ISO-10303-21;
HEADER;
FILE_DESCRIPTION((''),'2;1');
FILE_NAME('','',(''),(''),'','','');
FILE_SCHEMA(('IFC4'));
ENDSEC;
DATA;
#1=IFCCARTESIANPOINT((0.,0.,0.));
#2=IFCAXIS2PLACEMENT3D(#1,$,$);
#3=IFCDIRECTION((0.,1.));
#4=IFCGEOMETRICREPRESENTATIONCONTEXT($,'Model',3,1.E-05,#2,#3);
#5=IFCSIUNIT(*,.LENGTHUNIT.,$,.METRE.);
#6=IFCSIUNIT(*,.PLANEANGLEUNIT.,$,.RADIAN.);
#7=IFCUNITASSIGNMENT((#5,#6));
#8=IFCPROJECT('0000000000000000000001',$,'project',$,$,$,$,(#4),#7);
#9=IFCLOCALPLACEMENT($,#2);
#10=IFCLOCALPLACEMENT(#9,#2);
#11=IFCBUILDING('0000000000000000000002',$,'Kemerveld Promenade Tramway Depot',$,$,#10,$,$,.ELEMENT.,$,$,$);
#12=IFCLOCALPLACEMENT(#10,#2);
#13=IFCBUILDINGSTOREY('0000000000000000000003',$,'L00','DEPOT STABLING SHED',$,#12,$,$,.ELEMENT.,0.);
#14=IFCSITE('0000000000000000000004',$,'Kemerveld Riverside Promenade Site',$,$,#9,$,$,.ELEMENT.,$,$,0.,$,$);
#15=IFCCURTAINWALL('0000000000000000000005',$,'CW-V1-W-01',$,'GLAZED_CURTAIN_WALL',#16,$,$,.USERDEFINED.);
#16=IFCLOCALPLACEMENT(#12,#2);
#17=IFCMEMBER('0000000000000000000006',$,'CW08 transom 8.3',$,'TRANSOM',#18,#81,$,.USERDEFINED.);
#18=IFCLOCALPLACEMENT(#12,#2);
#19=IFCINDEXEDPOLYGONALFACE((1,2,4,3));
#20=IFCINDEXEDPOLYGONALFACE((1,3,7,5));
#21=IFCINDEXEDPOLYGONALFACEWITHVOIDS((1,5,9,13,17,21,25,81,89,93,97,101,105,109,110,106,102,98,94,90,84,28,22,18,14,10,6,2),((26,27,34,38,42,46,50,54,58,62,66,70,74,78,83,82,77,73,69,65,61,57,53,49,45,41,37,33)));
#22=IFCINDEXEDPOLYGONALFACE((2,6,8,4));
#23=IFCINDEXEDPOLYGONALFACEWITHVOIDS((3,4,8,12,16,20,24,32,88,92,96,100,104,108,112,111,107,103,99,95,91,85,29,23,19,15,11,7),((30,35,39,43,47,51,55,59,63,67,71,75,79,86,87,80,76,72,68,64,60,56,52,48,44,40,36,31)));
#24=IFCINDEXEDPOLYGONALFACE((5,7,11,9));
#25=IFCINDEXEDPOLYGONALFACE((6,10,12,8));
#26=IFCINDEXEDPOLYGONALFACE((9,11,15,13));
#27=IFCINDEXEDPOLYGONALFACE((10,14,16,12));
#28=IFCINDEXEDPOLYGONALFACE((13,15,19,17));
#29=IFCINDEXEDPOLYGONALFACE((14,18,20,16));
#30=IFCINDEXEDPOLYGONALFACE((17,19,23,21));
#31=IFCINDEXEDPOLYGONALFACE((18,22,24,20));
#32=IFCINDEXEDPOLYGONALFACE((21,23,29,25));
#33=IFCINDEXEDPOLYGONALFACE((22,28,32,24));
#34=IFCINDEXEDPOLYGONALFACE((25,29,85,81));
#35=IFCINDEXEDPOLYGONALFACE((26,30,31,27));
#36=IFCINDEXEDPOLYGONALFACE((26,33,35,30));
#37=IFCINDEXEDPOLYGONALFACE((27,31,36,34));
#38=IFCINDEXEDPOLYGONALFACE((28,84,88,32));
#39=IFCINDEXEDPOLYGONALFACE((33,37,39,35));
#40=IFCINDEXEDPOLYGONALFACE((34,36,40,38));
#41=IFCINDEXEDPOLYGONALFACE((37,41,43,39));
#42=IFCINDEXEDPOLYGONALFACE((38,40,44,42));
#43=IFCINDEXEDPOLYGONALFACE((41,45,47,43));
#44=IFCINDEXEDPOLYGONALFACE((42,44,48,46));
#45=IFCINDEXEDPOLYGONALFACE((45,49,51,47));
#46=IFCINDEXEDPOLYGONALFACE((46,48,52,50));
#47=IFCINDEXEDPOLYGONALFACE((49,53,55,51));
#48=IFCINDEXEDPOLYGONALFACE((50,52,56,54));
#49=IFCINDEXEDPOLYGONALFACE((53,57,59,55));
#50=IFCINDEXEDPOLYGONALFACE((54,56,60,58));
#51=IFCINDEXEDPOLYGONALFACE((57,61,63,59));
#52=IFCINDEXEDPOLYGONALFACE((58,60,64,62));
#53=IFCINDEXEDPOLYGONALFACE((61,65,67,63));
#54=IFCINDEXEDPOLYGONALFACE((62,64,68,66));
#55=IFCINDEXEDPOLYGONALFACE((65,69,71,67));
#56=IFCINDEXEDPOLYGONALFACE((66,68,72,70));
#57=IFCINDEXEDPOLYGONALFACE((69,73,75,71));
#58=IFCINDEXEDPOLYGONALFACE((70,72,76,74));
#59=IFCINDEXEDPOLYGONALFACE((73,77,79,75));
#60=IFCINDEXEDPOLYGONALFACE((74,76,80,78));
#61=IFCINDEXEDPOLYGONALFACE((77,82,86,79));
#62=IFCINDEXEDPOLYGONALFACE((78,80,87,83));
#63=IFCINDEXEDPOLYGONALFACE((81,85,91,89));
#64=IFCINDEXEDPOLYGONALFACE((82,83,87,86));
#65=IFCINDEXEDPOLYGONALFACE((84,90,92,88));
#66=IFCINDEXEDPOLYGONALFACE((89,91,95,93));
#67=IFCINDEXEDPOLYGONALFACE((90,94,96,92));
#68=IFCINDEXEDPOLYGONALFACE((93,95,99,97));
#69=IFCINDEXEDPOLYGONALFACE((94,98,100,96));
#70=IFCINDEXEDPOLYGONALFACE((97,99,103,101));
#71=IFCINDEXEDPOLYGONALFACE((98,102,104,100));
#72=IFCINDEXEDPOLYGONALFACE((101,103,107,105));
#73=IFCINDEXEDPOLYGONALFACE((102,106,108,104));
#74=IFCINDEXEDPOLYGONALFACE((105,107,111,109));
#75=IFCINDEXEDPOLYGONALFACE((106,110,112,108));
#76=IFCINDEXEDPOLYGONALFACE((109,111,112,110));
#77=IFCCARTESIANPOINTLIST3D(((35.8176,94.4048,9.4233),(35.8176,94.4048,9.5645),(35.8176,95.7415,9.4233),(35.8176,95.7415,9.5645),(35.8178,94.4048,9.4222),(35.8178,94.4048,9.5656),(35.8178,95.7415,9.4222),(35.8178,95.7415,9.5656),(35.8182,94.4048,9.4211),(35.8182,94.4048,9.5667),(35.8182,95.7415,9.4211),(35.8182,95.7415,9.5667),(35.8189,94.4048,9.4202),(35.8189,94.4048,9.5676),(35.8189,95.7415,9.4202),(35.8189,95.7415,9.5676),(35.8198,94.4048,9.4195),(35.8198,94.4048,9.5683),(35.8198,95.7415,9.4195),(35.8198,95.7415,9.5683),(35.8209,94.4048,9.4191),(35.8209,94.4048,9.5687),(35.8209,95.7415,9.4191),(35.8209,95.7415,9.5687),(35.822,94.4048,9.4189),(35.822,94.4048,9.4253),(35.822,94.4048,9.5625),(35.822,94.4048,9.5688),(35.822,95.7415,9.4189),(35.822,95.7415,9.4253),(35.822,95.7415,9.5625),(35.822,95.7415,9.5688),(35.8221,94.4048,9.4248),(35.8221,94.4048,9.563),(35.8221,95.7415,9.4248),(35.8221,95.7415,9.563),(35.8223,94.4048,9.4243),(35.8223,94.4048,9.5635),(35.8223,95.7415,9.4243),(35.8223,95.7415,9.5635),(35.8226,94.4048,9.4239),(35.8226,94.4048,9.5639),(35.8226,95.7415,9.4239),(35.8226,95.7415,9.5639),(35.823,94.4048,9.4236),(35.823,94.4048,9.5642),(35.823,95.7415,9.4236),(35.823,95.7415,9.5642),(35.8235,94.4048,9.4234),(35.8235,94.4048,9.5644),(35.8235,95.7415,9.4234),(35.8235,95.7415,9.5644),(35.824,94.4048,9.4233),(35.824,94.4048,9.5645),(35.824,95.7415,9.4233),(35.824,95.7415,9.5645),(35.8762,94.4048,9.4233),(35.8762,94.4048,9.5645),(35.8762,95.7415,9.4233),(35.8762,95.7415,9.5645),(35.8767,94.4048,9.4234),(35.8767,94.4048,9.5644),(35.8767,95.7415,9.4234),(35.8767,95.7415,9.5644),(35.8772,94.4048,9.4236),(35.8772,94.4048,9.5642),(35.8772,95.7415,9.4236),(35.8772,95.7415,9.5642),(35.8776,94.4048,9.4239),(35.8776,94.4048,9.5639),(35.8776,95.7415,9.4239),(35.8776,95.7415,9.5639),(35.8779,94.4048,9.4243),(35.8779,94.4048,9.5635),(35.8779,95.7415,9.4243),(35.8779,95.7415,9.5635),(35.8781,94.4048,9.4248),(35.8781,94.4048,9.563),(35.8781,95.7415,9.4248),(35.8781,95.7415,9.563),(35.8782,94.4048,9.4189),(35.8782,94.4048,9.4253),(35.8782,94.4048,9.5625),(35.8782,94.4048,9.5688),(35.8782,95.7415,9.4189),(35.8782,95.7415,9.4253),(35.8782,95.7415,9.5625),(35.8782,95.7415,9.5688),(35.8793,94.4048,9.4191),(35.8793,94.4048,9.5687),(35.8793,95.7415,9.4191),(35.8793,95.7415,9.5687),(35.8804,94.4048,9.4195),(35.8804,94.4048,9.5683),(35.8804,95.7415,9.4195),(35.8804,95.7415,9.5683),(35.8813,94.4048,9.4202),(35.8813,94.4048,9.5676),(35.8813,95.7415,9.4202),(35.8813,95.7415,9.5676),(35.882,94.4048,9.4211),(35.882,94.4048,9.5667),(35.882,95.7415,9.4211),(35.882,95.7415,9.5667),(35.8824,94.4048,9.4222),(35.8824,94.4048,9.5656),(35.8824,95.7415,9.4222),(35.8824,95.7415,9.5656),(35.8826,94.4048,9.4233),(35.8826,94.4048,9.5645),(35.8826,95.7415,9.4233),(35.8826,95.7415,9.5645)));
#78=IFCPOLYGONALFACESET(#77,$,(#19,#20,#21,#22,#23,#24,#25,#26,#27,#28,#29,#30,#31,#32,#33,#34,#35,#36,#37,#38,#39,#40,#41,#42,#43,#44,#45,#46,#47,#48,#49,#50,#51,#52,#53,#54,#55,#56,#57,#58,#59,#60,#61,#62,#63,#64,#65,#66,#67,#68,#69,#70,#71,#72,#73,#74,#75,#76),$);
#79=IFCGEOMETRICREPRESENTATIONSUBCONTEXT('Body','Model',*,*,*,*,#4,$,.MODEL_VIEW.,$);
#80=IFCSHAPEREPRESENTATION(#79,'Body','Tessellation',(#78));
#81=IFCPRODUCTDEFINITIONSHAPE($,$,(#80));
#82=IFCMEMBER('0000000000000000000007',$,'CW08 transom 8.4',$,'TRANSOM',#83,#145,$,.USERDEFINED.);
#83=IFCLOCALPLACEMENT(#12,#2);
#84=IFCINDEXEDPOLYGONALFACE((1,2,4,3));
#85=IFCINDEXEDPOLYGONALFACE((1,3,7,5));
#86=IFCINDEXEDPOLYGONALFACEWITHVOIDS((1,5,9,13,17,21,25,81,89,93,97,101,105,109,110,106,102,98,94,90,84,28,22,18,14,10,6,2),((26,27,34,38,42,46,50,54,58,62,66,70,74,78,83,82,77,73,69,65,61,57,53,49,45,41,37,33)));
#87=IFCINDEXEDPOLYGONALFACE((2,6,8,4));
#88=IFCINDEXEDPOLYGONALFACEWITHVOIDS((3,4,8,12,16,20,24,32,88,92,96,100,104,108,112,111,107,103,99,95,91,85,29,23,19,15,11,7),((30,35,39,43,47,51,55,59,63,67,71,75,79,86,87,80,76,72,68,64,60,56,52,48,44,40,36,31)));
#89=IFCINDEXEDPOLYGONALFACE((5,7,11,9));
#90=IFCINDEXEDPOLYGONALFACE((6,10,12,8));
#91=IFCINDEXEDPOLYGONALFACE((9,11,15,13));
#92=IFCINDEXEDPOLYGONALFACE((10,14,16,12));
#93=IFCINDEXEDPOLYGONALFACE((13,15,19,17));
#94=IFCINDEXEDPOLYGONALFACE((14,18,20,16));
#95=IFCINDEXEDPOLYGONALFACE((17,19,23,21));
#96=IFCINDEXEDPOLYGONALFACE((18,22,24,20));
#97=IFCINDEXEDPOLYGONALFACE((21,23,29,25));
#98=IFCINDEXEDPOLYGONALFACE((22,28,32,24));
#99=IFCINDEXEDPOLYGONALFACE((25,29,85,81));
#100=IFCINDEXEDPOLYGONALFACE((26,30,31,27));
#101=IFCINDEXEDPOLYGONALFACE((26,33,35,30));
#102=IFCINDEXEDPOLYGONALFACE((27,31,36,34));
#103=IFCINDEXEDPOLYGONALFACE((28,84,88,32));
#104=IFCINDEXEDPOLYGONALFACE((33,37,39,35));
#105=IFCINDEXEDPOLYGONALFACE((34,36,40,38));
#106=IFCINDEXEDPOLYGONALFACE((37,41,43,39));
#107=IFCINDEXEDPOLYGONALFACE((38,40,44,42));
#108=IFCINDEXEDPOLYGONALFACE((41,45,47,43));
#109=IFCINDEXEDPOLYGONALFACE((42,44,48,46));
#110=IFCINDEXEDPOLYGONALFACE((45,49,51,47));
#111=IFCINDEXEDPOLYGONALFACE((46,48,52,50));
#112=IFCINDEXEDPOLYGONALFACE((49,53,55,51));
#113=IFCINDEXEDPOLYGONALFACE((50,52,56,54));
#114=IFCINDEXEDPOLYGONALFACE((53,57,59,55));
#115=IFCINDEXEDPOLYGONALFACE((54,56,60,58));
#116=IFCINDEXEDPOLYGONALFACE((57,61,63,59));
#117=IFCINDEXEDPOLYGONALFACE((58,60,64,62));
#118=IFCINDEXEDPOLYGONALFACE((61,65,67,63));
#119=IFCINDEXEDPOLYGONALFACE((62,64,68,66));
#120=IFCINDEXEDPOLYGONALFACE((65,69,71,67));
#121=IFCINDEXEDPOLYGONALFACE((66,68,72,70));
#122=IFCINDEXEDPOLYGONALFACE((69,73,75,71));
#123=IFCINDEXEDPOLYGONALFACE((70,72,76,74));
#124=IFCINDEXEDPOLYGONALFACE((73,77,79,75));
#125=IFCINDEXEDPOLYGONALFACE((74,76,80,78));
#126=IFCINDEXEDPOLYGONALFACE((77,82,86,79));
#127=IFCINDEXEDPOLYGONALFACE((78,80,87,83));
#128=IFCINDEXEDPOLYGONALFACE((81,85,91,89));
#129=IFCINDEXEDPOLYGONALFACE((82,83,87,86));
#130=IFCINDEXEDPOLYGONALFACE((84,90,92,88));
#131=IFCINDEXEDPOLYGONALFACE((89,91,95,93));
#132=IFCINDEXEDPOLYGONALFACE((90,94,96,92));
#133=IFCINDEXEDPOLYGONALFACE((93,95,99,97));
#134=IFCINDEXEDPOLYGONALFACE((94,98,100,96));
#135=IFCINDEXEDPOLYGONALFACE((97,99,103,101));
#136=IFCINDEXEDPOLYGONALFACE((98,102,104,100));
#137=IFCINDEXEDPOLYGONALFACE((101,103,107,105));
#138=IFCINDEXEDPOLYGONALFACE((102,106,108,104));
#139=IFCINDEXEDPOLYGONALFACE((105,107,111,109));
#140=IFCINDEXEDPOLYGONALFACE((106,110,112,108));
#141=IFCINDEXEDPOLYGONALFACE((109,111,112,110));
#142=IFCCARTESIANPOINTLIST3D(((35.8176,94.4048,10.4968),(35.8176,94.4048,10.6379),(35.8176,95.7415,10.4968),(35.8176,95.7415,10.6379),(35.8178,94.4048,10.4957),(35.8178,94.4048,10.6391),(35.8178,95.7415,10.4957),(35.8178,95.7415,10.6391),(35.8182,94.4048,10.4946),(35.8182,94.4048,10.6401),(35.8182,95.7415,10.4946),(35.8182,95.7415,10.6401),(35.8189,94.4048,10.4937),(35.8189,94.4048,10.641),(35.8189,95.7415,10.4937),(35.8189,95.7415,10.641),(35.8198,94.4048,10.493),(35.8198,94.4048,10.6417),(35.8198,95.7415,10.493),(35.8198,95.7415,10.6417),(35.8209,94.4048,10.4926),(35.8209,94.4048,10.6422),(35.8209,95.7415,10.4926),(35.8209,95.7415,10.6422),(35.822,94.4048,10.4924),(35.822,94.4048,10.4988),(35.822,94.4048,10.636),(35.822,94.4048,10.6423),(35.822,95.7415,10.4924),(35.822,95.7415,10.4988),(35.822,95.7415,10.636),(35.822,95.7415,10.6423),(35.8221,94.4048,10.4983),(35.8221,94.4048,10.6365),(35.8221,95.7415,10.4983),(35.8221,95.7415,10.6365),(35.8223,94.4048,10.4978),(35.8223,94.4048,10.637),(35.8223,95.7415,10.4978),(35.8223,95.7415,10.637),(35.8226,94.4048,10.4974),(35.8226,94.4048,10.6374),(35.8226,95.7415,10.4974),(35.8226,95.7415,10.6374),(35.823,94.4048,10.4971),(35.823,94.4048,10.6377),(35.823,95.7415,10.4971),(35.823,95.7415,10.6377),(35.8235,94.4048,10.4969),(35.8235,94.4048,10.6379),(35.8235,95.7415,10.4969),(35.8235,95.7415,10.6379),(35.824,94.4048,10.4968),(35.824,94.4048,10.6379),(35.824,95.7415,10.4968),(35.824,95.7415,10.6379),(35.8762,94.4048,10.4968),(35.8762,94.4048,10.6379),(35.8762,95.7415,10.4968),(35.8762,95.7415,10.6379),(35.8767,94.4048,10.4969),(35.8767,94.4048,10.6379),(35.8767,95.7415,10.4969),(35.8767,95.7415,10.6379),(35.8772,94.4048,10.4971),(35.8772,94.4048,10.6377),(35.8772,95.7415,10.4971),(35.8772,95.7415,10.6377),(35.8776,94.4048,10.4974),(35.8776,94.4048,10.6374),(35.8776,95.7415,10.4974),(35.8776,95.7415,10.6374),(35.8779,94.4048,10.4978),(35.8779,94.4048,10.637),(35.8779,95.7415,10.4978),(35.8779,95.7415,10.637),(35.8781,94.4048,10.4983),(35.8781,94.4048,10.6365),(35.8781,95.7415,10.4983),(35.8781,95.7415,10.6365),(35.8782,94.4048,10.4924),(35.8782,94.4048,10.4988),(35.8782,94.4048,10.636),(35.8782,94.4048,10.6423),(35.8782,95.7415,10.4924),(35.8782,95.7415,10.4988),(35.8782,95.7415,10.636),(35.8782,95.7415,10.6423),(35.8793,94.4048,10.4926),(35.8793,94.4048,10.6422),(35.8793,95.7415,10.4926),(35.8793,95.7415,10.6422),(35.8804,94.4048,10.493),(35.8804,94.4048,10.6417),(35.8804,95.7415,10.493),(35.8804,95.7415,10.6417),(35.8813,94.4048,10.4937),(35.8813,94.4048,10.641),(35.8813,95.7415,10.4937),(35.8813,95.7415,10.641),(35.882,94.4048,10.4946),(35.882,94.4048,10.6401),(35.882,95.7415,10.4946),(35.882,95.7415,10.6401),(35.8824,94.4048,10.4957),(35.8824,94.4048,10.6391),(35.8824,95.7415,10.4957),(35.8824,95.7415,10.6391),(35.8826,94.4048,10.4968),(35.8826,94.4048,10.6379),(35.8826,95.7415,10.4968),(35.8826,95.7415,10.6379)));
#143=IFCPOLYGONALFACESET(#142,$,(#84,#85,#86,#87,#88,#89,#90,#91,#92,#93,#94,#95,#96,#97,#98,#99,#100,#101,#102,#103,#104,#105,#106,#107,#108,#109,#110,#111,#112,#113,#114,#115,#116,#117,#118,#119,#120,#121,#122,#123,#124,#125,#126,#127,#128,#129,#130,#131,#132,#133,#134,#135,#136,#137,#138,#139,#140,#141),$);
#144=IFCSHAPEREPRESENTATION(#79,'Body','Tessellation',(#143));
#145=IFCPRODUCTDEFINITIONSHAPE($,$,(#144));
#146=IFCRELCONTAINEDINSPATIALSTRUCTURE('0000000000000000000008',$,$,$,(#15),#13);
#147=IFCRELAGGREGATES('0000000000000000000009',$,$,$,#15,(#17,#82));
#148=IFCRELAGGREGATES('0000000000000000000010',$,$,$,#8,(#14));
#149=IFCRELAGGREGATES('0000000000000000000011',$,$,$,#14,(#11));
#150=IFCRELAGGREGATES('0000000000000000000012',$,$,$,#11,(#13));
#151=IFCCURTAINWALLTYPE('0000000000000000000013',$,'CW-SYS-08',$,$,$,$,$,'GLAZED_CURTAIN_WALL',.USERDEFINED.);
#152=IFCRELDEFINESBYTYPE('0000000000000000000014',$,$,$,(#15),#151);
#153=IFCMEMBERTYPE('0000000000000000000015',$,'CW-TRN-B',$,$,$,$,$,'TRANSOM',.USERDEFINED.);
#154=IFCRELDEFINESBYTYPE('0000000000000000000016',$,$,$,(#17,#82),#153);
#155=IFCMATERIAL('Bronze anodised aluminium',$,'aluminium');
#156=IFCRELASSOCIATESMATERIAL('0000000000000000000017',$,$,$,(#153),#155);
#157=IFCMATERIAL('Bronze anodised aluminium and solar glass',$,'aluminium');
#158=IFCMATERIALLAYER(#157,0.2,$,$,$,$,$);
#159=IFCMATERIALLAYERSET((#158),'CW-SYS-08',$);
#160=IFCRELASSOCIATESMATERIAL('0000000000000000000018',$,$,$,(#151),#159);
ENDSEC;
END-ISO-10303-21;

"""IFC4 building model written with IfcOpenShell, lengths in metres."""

from ifc_helpers import new_model, si_unit, direction, frame, origin, origin_2d, place, context, subcontext, project, spatial, hollow_rectangle, extrude, material, layer, layer_set, material_profile, profile_set, type_object, element, aggregate, save


model = new_model("IFC4")

# Units and contexts
model_context = context("Model", 3, precision=1e-05, world=origin(), true_north=direction((0.0, 1.0)))
body_context = subcontext(model_context, "Body", "Model", "MODEL_VIEW")
ifc_project = project(units=[si_unit("LENGTHUNIT", "METRE"), si_unit("PLANEANGLEUNIT", "RADIAN")], contexts=[model_context])

# Site, building, storey
site_placement = place(None, origin())
site = spatial("IfcSite", under=ifc_project, at=site_placement, Name="Kemerveld Riverside Promenade Site", CompositionType="ELEMENT", RefElevation=0.0)
building_placement = place(site_placement, origin())
building = spatial("IfcBuilding", under=site, at=building_placement, Name="Kemerveld Promenade Tramway Depot", CompositionType="ELEMENT")
storey_placement = place(building_placement, origin())
storey = spatial("IfcBuildingStorey", under=building, at=storey_placement, Name="L00", Description="DEPOT STABLING SHED", CompositionType="ELEMENT", Elevation=0.0)

# Curtain wall, members
ifc_material_1 = material(Name="Bronze anodised aluminium and solar glass", Category="aluminium")
ifc_material_2 = material(Name="Bronze anodised aluminium", Category="aluminium")
ifc_material_profile_1 = material_profile(ifc_material_2, hollow_rectangle(XDim=0.0649, YDim=0.1499, WallThickness=0.0044, InnerFilletRadius=0.002, OuterFilletRadius=0.0044, at=origin_2d()), Name="CW-TRN-150x65")
ifc_profile_set_1 = profile_set([ifc_material_profile_1], Name="Bronze anodised aluminium")
member_type_1 = type_object("IfcMemberType", Name="CW-TRN-B", ElementType="TRANSOM", PredefinedType="USERDEFINED", material=ifc_profile_set_1)
ifc_layer_1 = layer(ifc_material_1, 0.2)
ifc_layer_set_1 = layer_set([ifc_layer_1], Name="CW-SYS-08")
curtain_wall_type_1 = type_object("IfcCurtainWallType", Name="CW-SYS-08", ElementType="GLAZED_CURTAIN_WALL", PredefinedType="USERDEFINED", material=ifc_layer_set_1)
curtain_wall_1_placement = place(storey_placement, origin())
curtain_wall_1 = element("IfcCurtainWall", 1, at=curtain_wall_1_placement, inside=storey, type_object=curtain_wall_type_1, Name="CW-V1-W-01", ObjectType="GLAZED_CURTAIN_WALL", PredefinedType="USERDEFINED")
member_1_placement = place(storey_placement, frame((35.8501, 94.4048, 9.4939), z_axis=(0.0, 1.0, 0.0), x_axis=(-1.0, 0.0, 0.0)))
member_1 = element("IfcMember", 2, at=member_1_placement, type_object=member_type_1, Name="CW08 transom 8.3", ObjectType="TRANSOM", PredefinedType="USERDEFINED", context=body_context, shape_type="SweptSolid", body=[
    extrude(hollow_rectangle(XDim=0.0649, YDim=0.1499, WallThickness=0.0044, InnerFilletRadius=0.002, OuterFilletRadius=0.0044, at=origin_2d()), origin(), (0.0, 0.0, 1.0), 1.3367),
])
member_2_placement = place(storey_placement, frame((35.8501, 94.4048, 10.5674), z_axis=(0.0, 1.0, 0.0), x_axis=(-1.0, 0.0, 0.0)))
member_2 = element("IfcMember", 3, at=member_2_placement, type_object=member_type_1, Name="CW08 transom 8.4", ObjectType="TRANSOM", PredefinedType="USERDEFINED", context=body_context, shape_type="SweptSolid", body=[
    extrude(hollow_rectangle(XDim=0.0649, YDim=0.1499, WallThickness=0.0044, InnerFilletRadius=0.002, OuterFilletRadius=0.0044, at=origin_2d()), origin(), (0.0, 0.0, 1.0), 1.3367),
])

aggregate(curtain_wall_1, [member_1, member_2])

save(model, "model.ifc")
